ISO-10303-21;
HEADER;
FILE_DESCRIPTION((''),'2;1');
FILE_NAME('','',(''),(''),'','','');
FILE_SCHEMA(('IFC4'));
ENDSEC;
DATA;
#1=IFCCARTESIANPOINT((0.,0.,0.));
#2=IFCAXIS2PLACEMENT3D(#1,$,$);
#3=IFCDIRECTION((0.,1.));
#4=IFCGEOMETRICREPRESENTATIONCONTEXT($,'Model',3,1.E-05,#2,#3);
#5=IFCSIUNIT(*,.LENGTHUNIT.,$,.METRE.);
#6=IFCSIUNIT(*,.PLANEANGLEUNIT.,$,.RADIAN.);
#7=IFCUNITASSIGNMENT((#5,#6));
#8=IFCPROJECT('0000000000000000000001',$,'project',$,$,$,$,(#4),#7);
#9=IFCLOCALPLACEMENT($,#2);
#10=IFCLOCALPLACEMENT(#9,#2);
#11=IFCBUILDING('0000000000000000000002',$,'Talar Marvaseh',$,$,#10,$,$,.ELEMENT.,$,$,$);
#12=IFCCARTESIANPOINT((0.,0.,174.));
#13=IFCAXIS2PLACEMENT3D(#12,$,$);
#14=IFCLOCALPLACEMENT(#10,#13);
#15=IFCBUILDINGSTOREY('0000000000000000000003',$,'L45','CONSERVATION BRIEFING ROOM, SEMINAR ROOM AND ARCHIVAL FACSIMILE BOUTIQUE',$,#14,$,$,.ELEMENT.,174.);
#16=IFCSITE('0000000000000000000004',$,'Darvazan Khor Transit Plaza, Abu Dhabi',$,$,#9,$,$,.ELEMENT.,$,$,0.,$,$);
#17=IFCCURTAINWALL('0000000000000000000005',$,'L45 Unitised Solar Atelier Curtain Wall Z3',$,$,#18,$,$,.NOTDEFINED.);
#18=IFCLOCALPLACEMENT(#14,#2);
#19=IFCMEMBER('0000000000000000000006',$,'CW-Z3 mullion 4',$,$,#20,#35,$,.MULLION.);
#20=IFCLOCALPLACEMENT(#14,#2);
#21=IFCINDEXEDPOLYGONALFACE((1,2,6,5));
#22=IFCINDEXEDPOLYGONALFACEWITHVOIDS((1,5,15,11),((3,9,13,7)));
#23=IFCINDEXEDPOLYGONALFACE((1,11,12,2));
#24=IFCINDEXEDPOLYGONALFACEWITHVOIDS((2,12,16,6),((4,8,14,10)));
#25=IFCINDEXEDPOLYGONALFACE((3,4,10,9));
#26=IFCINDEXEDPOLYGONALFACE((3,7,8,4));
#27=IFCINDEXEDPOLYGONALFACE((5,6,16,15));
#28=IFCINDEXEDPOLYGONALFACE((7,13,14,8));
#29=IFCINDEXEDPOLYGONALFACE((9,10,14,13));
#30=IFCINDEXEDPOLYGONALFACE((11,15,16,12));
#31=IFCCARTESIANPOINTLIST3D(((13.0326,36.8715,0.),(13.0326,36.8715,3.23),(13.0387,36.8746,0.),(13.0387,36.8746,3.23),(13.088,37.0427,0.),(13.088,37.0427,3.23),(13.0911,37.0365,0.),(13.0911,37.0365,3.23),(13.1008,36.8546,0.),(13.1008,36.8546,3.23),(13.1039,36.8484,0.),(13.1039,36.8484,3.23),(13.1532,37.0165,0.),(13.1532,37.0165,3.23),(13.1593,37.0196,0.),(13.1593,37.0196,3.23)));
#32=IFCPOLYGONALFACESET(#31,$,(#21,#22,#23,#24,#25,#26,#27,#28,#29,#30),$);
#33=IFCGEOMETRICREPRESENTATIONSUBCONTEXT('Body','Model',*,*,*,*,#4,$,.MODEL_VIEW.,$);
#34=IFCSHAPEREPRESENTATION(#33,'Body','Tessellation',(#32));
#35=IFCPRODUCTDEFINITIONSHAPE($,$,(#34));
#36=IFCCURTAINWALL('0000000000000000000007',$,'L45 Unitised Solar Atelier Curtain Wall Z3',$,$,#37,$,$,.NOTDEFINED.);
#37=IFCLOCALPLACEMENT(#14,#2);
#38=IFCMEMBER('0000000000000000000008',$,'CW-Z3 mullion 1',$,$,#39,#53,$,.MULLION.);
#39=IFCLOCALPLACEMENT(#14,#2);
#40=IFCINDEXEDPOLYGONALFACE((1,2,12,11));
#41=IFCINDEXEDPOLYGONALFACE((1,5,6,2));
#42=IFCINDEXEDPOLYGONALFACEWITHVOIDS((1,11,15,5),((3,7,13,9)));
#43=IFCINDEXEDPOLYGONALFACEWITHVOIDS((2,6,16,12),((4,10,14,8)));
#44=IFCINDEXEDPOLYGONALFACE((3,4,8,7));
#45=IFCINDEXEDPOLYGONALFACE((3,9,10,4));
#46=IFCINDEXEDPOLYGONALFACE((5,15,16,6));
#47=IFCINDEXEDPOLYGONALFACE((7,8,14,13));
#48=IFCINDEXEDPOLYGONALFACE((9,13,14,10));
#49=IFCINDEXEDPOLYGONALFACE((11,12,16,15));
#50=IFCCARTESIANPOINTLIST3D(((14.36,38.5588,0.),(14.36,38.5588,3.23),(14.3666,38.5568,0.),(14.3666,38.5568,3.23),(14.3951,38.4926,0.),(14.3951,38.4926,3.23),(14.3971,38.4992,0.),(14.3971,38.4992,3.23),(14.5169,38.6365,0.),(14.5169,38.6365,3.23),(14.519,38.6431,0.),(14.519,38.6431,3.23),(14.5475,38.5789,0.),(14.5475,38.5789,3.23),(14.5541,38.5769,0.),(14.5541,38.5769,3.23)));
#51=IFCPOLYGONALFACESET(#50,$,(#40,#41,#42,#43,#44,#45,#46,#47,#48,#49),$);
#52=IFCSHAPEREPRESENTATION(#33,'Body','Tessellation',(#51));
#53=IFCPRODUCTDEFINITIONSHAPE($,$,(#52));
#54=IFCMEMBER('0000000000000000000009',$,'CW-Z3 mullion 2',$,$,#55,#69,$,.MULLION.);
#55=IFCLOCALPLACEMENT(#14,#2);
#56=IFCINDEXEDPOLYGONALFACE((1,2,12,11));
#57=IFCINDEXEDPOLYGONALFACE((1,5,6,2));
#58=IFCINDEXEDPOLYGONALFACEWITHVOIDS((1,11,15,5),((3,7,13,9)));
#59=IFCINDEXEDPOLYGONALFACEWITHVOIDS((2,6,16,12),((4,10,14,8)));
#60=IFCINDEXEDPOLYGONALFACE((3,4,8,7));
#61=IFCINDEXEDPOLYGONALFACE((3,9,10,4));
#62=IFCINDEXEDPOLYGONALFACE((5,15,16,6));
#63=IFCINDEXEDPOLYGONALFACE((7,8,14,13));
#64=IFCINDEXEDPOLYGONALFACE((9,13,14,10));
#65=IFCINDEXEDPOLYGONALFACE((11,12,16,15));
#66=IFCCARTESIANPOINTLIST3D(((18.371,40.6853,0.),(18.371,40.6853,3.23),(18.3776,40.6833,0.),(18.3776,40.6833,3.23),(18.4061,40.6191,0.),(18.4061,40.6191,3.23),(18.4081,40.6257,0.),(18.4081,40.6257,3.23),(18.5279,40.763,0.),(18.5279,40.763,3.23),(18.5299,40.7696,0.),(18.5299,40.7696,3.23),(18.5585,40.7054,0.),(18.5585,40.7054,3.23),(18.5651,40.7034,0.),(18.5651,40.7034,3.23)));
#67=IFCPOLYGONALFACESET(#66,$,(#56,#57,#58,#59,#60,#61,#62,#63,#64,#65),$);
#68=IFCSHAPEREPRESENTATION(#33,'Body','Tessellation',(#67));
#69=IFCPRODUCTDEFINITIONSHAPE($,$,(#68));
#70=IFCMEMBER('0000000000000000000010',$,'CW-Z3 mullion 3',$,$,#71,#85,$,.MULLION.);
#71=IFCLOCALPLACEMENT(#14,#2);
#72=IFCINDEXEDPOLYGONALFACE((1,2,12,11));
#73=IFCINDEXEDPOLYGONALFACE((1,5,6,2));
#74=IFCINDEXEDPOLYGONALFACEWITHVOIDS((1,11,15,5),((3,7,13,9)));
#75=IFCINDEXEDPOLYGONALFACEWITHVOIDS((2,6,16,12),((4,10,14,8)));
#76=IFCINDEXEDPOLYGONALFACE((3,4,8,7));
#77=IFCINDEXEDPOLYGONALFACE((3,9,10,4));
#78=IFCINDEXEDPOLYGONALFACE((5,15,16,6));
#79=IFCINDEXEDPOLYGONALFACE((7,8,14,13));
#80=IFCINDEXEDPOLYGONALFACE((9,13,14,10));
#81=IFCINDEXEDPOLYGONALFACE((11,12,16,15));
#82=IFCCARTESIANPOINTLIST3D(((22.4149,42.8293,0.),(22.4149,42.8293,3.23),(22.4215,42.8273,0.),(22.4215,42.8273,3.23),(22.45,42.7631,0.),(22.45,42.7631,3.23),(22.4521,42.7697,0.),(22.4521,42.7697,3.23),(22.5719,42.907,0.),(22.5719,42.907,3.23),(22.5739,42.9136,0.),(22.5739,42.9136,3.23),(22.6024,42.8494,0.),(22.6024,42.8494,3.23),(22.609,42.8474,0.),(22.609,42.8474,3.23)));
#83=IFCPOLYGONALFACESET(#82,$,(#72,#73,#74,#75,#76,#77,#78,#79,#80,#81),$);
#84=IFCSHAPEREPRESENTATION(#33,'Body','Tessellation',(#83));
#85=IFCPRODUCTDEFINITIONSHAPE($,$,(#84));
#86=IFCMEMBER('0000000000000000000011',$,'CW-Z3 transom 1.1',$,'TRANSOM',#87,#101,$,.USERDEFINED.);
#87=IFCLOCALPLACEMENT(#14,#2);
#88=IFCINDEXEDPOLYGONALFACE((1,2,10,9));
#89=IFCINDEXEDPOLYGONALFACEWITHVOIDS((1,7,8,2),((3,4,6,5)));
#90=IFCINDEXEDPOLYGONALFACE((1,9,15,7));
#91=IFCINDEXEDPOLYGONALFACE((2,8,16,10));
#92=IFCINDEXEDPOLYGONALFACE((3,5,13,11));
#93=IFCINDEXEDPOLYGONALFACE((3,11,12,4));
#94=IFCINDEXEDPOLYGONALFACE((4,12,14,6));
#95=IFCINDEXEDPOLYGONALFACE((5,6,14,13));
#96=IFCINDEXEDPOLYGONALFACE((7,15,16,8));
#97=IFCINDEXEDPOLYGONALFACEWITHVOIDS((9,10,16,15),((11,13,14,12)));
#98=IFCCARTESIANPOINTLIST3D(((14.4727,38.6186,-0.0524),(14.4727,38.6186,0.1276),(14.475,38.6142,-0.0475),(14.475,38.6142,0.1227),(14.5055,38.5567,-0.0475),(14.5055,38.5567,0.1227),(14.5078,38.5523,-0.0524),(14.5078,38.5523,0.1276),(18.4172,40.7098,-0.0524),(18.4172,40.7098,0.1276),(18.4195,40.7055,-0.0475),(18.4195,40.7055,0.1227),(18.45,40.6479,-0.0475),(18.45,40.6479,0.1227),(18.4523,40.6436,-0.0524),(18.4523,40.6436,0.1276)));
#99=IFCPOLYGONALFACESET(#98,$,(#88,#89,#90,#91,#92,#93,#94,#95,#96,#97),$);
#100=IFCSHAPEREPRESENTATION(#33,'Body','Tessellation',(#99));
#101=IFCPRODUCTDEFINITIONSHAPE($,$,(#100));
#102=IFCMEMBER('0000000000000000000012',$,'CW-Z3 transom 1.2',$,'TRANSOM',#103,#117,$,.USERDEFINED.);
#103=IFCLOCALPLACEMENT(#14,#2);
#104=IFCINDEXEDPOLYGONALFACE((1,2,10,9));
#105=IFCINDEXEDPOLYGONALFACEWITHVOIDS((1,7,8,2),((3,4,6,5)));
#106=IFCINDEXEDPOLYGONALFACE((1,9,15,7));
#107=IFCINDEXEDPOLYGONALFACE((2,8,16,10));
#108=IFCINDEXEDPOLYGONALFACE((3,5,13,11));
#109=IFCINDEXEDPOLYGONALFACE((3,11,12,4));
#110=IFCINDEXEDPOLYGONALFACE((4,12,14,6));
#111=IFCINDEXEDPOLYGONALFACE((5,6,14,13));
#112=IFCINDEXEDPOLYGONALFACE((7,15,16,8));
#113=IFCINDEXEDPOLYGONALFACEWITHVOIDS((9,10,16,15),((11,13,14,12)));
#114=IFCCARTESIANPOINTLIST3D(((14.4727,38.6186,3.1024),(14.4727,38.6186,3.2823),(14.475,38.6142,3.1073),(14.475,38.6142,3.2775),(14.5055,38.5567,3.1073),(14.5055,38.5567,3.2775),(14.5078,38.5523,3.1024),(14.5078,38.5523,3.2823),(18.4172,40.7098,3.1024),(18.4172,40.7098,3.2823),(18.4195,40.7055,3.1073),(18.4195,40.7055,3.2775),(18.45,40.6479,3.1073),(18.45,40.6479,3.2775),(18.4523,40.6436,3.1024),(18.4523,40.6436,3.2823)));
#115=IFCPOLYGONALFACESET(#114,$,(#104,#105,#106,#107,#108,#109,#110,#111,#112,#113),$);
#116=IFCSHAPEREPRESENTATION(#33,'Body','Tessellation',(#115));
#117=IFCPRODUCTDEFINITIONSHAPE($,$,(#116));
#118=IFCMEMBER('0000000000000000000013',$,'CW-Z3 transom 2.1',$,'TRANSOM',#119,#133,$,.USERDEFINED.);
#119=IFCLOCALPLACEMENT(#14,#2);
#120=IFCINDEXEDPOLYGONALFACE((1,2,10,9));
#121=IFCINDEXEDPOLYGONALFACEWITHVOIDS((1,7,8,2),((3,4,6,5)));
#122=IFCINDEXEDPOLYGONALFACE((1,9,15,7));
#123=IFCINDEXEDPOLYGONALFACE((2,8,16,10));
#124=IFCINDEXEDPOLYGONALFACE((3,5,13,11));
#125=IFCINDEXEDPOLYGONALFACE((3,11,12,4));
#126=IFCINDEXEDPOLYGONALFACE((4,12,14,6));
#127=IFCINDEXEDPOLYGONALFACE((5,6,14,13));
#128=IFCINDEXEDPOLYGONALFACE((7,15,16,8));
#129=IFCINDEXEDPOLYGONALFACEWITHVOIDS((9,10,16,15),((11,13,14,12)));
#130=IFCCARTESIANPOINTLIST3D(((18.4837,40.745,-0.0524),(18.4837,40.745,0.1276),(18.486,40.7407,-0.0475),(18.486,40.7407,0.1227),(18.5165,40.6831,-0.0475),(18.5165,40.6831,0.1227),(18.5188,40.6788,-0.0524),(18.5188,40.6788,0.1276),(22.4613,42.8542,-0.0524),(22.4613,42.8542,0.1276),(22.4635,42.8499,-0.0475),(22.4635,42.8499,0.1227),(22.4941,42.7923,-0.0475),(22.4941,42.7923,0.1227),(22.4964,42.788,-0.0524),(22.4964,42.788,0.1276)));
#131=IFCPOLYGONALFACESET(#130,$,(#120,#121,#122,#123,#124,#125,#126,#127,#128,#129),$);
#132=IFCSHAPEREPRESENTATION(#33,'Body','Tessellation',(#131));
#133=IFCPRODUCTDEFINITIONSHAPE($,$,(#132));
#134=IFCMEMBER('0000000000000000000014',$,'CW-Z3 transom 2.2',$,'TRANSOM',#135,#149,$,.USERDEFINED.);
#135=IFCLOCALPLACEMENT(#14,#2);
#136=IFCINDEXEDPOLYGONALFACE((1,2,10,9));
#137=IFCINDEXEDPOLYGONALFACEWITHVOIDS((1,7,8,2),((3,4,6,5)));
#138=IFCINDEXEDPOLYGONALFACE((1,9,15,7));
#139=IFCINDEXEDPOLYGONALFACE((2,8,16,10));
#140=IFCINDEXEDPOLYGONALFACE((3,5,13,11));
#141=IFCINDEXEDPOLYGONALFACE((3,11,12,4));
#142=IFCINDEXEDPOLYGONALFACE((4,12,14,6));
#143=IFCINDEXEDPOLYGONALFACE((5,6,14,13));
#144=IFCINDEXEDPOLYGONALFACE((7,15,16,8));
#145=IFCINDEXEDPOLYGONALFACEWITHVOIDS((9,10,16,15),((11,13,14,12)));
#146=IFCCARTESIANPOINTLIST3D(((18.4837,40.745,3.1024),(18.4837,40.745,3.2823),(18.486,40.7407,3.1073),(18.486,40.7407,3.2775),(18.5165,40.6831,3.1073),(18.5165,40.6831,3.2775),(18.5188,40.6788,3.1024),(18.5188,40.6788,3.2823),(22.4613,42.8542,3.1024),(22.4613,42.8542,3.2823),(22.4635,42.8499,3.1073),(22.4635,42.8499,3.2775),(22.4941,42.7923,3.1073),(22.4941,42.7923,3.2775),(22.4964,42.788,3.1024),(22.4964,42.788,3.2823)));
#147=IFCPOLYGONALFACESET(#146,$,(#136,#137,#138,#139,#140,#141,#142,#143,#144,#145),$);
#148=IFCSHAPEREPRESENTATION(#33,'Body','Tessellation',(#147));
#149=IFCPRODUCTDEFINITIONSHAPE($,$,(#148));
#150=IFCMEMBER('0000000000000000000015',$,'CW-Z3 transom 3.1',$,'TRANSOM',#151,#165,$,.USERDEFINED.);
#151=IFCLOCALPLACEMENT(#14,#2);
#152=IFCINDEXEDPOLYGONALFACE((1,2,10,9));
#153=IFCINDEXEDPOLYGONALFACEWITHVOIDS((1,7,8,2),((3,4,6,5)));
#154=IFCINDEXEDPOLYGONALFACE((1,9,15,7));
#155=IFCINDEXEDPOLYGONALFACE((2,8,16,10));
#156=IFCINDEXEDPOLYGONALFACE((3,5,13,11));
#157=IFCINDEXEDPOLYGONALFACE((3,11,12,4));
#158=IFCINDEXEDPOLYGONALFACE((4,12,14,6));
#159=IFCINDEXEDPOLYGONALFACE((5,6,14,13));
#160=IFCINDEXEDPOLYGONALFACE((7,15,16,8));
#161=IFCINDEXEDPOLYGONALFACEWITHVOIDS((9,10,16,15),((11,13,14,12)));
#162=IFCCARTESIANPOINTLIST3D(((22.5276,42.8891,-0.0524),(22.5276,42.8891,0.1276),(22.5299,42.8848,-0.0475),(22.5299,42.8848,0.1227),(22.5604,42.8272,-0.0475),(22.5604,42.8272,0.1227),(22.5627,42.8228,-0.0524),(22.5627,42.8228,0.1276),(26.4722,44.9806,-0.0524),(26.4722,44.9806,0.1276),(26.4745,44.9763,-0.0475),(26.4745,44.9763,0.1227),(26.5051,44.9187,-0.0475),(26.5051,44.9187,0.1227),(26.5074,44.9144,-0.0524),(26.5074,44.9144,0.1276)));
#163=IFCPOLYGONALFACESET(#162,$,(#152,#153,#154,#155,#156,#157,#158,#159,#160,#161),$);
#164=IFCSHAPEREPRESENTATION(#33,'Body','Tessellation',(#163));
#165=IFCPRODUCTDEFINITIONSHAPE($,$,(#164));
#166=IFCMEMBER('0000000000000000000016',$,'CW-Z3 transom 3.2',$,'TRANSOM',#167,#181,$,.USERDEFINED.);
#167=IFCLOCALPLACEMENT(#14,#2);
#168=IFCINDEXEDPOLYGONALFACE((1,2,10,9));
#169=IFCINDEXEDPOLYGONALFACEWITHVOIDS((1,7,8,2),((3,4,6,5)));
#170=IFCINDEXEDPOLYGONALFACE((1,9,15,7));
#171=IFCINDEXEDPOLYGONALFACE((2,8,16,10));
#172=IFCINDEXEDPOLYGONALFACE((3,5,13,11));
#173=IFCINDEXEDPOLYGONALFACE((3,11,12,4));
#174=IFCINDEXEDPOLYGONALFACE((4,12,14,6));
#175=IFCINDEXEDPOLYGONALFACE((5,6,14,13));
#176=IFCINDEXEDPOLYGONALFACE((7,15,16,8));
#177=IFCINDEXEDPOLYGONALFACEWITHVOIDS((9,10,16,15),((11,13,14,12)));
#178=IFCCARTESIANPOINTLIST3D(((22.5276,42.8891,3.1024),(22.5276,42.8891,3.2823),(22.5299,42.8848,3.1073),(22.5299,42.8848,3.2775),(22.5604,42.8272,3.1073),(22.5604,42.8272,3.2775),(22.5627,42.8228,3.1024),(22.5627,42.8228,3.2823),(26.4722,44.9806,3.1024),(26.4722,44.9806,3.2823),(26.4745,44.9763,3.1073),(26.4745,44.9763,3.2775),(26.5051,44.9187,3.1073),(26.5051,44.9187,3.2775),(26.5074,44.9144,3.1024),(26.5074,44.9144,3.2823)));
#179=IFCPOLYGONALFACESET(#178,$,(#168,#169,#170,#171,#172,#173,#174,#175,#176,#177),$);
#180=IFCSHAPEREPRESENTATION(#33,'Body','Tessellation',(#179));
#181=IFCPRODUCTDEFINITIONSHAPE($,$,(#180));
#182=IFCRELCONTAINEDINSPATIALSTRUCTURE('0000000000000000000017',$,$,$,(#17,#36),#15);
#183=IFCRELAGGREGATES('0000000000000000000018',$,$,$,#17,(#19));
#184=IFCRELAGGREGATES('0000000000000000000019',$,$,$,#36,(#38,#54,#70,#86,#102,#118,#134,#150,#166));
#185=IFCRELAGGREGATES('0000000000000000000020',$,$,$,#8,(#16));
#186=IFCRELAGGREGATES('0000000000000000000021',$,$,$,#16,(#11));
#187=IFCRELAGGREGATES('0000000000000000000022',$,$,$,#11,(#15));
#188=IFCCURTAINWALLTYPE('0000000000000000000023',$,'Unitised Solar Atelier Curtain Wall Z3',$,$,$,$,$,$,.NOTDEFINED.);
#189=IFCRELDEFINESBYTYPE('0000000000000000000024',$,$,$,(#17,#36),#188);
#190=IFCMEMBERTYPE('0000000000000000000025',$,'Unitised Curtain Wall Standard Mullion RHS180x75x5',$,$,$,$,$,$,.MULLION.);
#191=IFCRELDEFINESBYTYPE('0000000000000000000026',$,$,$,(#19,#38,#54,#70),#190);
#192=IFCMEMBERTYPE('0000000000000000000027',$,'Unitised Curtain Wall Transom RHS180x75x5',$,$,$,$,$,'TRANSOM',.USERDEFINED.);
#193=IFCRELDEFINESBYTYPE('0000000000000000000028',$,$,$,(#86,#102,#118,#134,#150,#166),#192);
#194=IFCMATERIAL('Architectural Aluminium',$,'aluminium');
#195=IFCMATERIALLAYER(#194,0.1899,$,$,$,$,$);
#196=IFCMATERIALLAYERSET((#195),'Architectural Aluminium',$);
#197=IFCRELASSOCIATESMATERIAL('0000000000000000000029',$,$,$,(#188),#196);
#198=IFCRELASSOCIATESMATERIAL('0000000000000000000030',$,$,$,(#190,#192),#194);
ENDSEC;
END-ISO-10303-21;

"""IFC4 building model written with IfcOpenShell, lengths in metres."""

from ifc_helpers import new_model, si_unit, direction, frame, origin, origin_2d, place, context, subcontext, project, spatial, hollow_rectangle, extrude, source, transform, mapped, material, layer, layer_set, material_profile, profile_set, type_object, type_shapes, element, aggregate, save


model = new_model("IFC4")

# Units and contexts
model_context = context("Model", 3, precision=1e-05, world=origin(), true_north=direction((0.0, 1.0)))
body_context = subcontext(model_context, "Body", "Model", "MODEL_VIEW")
ifc_project = project(units=[si_unit("LENGTHUNIT", "METRE"), si_unit("PLANEANGLEUNIT", "RADIAN")], contexts=[model_context])

# Site, building, storey
site_placement = place(None, origin())
site = spatial("IfcSite", under=ifc_project, at=site_placement, Name="Darvazan Khor Transit Plaza, Abu Dhabi", CompositionType="ELEMENT", RefElevation=0.0)
building_placement = place(site_placement, origin())
building = spatial("IfcBuilding", under=site, at=building_placement, Name="Talar Marvaseh", CompositionType="ELEMENT")
storey_placement = place(building_placement, frame((0.0, 0.0, 174.0)))
storey = spatial("IfcBuildingStorey", under=building, at=storey_placement, Name="L45", Description="CONSERVATION BRIEFING ROOM, SEMINAR ROOM AND ARCHIVAL FACSIMILE BOUTIQUE", CompositionType="ELEMENT", Elevation=174.0)

# Curtain wall, member
ifc_material_1 = material(Name="Architectural Aluminium", Category="aluminium")
ifc_layer_1 = layer(ifc_material_1, 0.1899)
ifc_layer_set_1 = layer_set([ifc_layer_1], Name="Architectural Aluminium")
curtain_wall_type = type_object("IfcCurtainWallType", Name="Unitised Solar Atelier Curtain Wall Z3", PredefinedType="NOTDEFINED", material=ifc_layer_set_1)
curtain_wall_1_placement = place(storey_placement, origin())
curtain_wall_1 = element("IfcCurtainWall", 1, at=curtain_wall_1_placement, inside=storey, type_object=curtain_wall_type, Name="L45 Unitised Solar Atelier Curtain Wall Z3", PredefinedType="NOTDEFINED")
ifc_material_profile_1 = material_profile(ifc_material_1, hollow_rectangle(XDim=0.075, YDim=0.1799, WallThickness=0.0049, at=origin_2d()), Name="RHS180x75x5")
ifc_profile_set_1 = profile_set([ifc_material_profile_1], Name="Architectural Aluminium")
member_type_1 = type_object("IfcMemberType", Name="Unitised Curtain Wall Standard Mullion RHS180x75x5", PredefinedType="MULLION", material=ifc_profile_set_1)
shared_shape_1 = source(origin(), body_context, "Body", "SweptSolid", [
    extrude(hollow_rectangle(XDim=0.075, YDim=0.1799, WallThickness=0.0049, at=origin_2d()), origin(), (0.0, 0.0, 1.0), 3.23),
])
type_shapes(member_type_1, [shared_shape_1])
member_1_placement = place(storey_placement, frame((13.0959, 36.9456, 0.0), z_axis=(0.0, 0.0, 1.0), x_axis=(-0.951424, 0.307885, 0.0)))
member_1 = element("IfcMember", 2, at=member_1_placement, type_object=member_type_1, Name="CW-Z3 mullion 4", PredefinedType="MULLION", context=body_context, shape_type="MappedRepresentation", body=[
    mapped(shared_shape_1, transform((0.0, 0.0, 0.0), x_axis=(1.0, 0.0, 0.0), y_axis=(0.0, 1.0, 0.0), z_axis=(0.0, 0.0, 1.0), scale=1.0)),
])
aggregate(curtain_wall_1, [member_1])

# Curtain wall, members
curtain_wall_2_placement = place(storey_placement, origin())
curtain_wall_2 = element("IfcCurtainWall", 3, at=curtain_wall_2_placement, inside=storey, type_object=curtain_wall_type, Name="L45 Unitised Solar Atelier Curtain Wall Z3", PredefinedType="NOTDEFINED")
member_2_placement = place(storey_placement, frame((14.457, 38.5679, 0.0), z_axis=(0.0, 0.0, 1.0), x_axis=(-0.468427, 0.883502, 0.0)))
member_2 = element("IfcMember", 4, at=member_2_placement, type_object=member_type_1, Name="CW-Z3 mullion 1", PredefinedType="MULLION", context=body_context, shape_type="MappedRepresentation", body=[
    mapped(shared_shape_1, transform((0.0, 0.0, 0.0), x_axis=(1.0, 0.0, 0.0), y_axis=(0.0, 1.0, 0.0), z_axis=(0.0, 0.0, 1.0), scale=1.0)),
])
member_3_placement = place(storey_placement, frame((18.468, 40.6943, 0.0), z_axis=(0.0, 0.0, 1.0), x_axis=(-0.468427, 0.883502, 0.0)))
member_3 = element("IfcMember", 5, at=member_3_placement, type_object=member_type_1, Name="CW-Z3 mullion 2", PredefinedType="MULLION", context=body_context, shape_type="MappedRepresentation", body=[
    mapped(shared_shape_1, transform((0.0, 0.0, 0.0), x_axis=(1.0, 0.0, 0.0), y_axis=(0.0, 1.0, 0.0), z_axis=(0.0, 0.0, 1.0), scale=1.0)),
])
member_4_placement = place(storey_placement, frame((22.512, 42.8384, 0.0), z_axis=(0.0, 0.0, 1.0), x_axis=(-0.468427, 0.883502, 0.0)))
member_4 = element("IfcMember", 6, at=member_4_placement, type_object=member_type_1, Name="CW-Z3 mullion 3", PredefinedType="MULLION", context=body_context, shape_type="MappedRepresentation", body=[
    mapped(shared_shape_1, transform((0.0, 0.0, 0.0), x_axis=(1.0, 0.0, 0.0), y_axis=(0.0, 1.0, 0.0), z_axis=(0.0, 0.0, 1.0), scale=1.0)),
])
ifc_material_profile_2 = material_profile(ifc_material_1, hollow_rectangle(XDim=0.075, YDim=0.1799, WallThickness=0.0049, at=origin_2d()), Name="RHS180x75x5")
ifc_profile_set_2 = profile_set([ifc_material_profile_2], Name="Architectural Aluminium")
member_type_2 = type_object("IfcMemberType", Name="Unitised Curtain Wall Transom RHS180x75x5", ElementType="TRANSOM", PredefinedType="USERDEFINED", material=ifc_profile_set_2)
shared_shape_2 = source(origin(), body_context, "Body", "SweptSolid", [
    extrude(hollow_rectangle(XDim=0.075, YDim=0.1799, WallThickness=0.0049, at=origin_2d()), origin(), (0.0, 0.0, 1.0), 4.4646),
])
member_5_placement = place(storey_placement, frame((14.4902, 38.5854, 0.0376), z_axis=(0.88351, 0.468413, 0.0), x_axis=(-0.468413, 0.88351, 0.0)))
member_5 = element("IfcMember", 7, at=member_5_placement, type_object=member_type_2, Name="CW-Z3 transom 1.1", ObjectType="TRANSOM", PredefinedType="USERDEFINED", context=body_context, shape_type="MappedRepresentation", body=[
    mapped(shared_shape_2, transform((0.0, 0.0, 0.0), x_axis=(1.0, 0.0, 0.0), y_axis=(0.0, 1.0, 0.0), z_axis=(0.0, 0.0, 1.0), scale=1.0)),
])
member_6_placement = place(storey_placement, frame((14.4902, 38.5854, 3.1924), z_axis=(0.88351, 0.468413, 0.0), x_axis=(-0.468413, 0.88351, 0.0)))
member_6 = element("IfcMember", 8, at=member_6_placement, type_object=member_type_2, Name="CW-Z3 transom 1.2", ObjectType="TRANSOM", PredefinedType="USERDEFINED", context=body_context, shape_type="MappedRepresentation", body=[
    mapped(shared_shape_2, transform((0.0, 0.0, 0.0), x_axis=(1.0, 0.0, 0.0), y_axis=(0.0, 1.0, 0.0), z_axis=(0.0, 0.0, 1.0), scale=1.0)),
])
shared_shape_3 = source(origin(), body_context, "Body", "SweptSolid", [
    extrude(hollow_rectangle(XDim=0.075, YDim=0.1799, WallThickness=0.0049, at=origin_2d()), origin(), (0.0, 0.0, 1.0), 4.5022),
])
member_7_placement = place(storey_placement, frame((18.5012, 40.7119, 0.0376), z_axis=(0.883478, 0.468473, 0.0), x_axis=(-0.468473, 0.883478, 0.0)))
member_7 = element("IfcMember", 9, at=member_7_placement, type_object=member_type_2, Name="CW-Z3 transom 2.1", ObjectType="TRANSOM", PredefinedType="USERDEFINED", context=body_context, shape_type="MappedRepresentation", body=[
    mapped(shared_shape_3, transform((0.0, 0.0, 0.0), x_axis=(1.0, 0.0, 0.0), y_axis=(0.0, 1.0, 0.0), z_axis=(0.0, 0.0, 1.0), scale=1.0)),
])
member_8_placement = place(storey_placement, frame((18.5012, 40.7119, 3.1924), z_axis=(0.883478, 0.468473, 0.0), x_axis=(-0.468473, 0.883478, 0.0)))
member_8 = element("IfcMember", 10, at=member_8_placement, type_object=member_type_2, Name="CW-Z3 transom 2.2", ObjectType="TRANSOM", PredefinedType="USERDEFINED", context=body_context, shape_type="MappedRepresentation", body=[
    mapped(shared_shape_3, transform((0.0, 0.0, 0.0), x_axis=(1.0, 0.0, 0.0), y_axis=(0.0, 1.0, 0.0), z_axis=(0.0, 0.0, 1.0), scale=1.0)),
])
shared_shape_4 = source(origin(), body_context, "Body", "SweptSolid", [
    extrude(hollow_rectangle(XDim=0.075, YDim=0.1799, WallThickness=0.0049, at=origin_2d()), origin(), (0.0, 0.0, 1.0), 4.4648),
])
type_shapes(member_type_2, [shared_shape_2, shared_shape_3, shared_shape_4])
member_9_placement = place(storey_placement, frame((22.5452, 42.856, 0.0376), z_axis=(0.883487, 0.468455, 0.0), x_axis=(-0.468455, 0.883487, 0.0)))
member_9 = element("IfcMember", 11, at=member_9_placement, type_object=member_type_2, Name="CW-Z3 transom 3.1", ObjectType="TRANSOM", PredefinedType="USERDEFINED", context=body_context, shape_type="MappedRepresentation", body=[
    mapped(shared_shape_4, transform((0.0, 0.0, 0.0), x_axis=(1.0, 0.0, 0.0), y_axis=(0.0, 1.0, 0.0), z_axis=(0.0, 0.0, 1.0), scale=1.0)),
])
member_10_placement = place(storey_placement, frame((22.5452, 42.856, 3.1924), z_axis=(0.883487, 0.468455, 0.0), x_axis=(-0.468455, 0.883487, 0.0)))
member_10 = element("IfcMember", 12, at=member_10_placement, type_object=member_type_2, Name="CW-Z3 transom 3.2", ObjectType="TRANSOM", PredefinedType="USERDEFINED", context=body_context, shape_type="MappedRepresentation", body=[
    mapped(shared_shape_4, transform((0.0, 0.0, 0.0), x_axis=(1.0, 0.0, 0.0), y_axis=(0.0, 1.0, 0.0), z_axis=(0.0, 0.0, 1.0), scale=1.0)),
])
aggregate(curtain_wall_2, [member_2, member_3, member_4, member_5, member_6, member_7, member_8, member_9, member_10])

save(model, "model.ifc")
